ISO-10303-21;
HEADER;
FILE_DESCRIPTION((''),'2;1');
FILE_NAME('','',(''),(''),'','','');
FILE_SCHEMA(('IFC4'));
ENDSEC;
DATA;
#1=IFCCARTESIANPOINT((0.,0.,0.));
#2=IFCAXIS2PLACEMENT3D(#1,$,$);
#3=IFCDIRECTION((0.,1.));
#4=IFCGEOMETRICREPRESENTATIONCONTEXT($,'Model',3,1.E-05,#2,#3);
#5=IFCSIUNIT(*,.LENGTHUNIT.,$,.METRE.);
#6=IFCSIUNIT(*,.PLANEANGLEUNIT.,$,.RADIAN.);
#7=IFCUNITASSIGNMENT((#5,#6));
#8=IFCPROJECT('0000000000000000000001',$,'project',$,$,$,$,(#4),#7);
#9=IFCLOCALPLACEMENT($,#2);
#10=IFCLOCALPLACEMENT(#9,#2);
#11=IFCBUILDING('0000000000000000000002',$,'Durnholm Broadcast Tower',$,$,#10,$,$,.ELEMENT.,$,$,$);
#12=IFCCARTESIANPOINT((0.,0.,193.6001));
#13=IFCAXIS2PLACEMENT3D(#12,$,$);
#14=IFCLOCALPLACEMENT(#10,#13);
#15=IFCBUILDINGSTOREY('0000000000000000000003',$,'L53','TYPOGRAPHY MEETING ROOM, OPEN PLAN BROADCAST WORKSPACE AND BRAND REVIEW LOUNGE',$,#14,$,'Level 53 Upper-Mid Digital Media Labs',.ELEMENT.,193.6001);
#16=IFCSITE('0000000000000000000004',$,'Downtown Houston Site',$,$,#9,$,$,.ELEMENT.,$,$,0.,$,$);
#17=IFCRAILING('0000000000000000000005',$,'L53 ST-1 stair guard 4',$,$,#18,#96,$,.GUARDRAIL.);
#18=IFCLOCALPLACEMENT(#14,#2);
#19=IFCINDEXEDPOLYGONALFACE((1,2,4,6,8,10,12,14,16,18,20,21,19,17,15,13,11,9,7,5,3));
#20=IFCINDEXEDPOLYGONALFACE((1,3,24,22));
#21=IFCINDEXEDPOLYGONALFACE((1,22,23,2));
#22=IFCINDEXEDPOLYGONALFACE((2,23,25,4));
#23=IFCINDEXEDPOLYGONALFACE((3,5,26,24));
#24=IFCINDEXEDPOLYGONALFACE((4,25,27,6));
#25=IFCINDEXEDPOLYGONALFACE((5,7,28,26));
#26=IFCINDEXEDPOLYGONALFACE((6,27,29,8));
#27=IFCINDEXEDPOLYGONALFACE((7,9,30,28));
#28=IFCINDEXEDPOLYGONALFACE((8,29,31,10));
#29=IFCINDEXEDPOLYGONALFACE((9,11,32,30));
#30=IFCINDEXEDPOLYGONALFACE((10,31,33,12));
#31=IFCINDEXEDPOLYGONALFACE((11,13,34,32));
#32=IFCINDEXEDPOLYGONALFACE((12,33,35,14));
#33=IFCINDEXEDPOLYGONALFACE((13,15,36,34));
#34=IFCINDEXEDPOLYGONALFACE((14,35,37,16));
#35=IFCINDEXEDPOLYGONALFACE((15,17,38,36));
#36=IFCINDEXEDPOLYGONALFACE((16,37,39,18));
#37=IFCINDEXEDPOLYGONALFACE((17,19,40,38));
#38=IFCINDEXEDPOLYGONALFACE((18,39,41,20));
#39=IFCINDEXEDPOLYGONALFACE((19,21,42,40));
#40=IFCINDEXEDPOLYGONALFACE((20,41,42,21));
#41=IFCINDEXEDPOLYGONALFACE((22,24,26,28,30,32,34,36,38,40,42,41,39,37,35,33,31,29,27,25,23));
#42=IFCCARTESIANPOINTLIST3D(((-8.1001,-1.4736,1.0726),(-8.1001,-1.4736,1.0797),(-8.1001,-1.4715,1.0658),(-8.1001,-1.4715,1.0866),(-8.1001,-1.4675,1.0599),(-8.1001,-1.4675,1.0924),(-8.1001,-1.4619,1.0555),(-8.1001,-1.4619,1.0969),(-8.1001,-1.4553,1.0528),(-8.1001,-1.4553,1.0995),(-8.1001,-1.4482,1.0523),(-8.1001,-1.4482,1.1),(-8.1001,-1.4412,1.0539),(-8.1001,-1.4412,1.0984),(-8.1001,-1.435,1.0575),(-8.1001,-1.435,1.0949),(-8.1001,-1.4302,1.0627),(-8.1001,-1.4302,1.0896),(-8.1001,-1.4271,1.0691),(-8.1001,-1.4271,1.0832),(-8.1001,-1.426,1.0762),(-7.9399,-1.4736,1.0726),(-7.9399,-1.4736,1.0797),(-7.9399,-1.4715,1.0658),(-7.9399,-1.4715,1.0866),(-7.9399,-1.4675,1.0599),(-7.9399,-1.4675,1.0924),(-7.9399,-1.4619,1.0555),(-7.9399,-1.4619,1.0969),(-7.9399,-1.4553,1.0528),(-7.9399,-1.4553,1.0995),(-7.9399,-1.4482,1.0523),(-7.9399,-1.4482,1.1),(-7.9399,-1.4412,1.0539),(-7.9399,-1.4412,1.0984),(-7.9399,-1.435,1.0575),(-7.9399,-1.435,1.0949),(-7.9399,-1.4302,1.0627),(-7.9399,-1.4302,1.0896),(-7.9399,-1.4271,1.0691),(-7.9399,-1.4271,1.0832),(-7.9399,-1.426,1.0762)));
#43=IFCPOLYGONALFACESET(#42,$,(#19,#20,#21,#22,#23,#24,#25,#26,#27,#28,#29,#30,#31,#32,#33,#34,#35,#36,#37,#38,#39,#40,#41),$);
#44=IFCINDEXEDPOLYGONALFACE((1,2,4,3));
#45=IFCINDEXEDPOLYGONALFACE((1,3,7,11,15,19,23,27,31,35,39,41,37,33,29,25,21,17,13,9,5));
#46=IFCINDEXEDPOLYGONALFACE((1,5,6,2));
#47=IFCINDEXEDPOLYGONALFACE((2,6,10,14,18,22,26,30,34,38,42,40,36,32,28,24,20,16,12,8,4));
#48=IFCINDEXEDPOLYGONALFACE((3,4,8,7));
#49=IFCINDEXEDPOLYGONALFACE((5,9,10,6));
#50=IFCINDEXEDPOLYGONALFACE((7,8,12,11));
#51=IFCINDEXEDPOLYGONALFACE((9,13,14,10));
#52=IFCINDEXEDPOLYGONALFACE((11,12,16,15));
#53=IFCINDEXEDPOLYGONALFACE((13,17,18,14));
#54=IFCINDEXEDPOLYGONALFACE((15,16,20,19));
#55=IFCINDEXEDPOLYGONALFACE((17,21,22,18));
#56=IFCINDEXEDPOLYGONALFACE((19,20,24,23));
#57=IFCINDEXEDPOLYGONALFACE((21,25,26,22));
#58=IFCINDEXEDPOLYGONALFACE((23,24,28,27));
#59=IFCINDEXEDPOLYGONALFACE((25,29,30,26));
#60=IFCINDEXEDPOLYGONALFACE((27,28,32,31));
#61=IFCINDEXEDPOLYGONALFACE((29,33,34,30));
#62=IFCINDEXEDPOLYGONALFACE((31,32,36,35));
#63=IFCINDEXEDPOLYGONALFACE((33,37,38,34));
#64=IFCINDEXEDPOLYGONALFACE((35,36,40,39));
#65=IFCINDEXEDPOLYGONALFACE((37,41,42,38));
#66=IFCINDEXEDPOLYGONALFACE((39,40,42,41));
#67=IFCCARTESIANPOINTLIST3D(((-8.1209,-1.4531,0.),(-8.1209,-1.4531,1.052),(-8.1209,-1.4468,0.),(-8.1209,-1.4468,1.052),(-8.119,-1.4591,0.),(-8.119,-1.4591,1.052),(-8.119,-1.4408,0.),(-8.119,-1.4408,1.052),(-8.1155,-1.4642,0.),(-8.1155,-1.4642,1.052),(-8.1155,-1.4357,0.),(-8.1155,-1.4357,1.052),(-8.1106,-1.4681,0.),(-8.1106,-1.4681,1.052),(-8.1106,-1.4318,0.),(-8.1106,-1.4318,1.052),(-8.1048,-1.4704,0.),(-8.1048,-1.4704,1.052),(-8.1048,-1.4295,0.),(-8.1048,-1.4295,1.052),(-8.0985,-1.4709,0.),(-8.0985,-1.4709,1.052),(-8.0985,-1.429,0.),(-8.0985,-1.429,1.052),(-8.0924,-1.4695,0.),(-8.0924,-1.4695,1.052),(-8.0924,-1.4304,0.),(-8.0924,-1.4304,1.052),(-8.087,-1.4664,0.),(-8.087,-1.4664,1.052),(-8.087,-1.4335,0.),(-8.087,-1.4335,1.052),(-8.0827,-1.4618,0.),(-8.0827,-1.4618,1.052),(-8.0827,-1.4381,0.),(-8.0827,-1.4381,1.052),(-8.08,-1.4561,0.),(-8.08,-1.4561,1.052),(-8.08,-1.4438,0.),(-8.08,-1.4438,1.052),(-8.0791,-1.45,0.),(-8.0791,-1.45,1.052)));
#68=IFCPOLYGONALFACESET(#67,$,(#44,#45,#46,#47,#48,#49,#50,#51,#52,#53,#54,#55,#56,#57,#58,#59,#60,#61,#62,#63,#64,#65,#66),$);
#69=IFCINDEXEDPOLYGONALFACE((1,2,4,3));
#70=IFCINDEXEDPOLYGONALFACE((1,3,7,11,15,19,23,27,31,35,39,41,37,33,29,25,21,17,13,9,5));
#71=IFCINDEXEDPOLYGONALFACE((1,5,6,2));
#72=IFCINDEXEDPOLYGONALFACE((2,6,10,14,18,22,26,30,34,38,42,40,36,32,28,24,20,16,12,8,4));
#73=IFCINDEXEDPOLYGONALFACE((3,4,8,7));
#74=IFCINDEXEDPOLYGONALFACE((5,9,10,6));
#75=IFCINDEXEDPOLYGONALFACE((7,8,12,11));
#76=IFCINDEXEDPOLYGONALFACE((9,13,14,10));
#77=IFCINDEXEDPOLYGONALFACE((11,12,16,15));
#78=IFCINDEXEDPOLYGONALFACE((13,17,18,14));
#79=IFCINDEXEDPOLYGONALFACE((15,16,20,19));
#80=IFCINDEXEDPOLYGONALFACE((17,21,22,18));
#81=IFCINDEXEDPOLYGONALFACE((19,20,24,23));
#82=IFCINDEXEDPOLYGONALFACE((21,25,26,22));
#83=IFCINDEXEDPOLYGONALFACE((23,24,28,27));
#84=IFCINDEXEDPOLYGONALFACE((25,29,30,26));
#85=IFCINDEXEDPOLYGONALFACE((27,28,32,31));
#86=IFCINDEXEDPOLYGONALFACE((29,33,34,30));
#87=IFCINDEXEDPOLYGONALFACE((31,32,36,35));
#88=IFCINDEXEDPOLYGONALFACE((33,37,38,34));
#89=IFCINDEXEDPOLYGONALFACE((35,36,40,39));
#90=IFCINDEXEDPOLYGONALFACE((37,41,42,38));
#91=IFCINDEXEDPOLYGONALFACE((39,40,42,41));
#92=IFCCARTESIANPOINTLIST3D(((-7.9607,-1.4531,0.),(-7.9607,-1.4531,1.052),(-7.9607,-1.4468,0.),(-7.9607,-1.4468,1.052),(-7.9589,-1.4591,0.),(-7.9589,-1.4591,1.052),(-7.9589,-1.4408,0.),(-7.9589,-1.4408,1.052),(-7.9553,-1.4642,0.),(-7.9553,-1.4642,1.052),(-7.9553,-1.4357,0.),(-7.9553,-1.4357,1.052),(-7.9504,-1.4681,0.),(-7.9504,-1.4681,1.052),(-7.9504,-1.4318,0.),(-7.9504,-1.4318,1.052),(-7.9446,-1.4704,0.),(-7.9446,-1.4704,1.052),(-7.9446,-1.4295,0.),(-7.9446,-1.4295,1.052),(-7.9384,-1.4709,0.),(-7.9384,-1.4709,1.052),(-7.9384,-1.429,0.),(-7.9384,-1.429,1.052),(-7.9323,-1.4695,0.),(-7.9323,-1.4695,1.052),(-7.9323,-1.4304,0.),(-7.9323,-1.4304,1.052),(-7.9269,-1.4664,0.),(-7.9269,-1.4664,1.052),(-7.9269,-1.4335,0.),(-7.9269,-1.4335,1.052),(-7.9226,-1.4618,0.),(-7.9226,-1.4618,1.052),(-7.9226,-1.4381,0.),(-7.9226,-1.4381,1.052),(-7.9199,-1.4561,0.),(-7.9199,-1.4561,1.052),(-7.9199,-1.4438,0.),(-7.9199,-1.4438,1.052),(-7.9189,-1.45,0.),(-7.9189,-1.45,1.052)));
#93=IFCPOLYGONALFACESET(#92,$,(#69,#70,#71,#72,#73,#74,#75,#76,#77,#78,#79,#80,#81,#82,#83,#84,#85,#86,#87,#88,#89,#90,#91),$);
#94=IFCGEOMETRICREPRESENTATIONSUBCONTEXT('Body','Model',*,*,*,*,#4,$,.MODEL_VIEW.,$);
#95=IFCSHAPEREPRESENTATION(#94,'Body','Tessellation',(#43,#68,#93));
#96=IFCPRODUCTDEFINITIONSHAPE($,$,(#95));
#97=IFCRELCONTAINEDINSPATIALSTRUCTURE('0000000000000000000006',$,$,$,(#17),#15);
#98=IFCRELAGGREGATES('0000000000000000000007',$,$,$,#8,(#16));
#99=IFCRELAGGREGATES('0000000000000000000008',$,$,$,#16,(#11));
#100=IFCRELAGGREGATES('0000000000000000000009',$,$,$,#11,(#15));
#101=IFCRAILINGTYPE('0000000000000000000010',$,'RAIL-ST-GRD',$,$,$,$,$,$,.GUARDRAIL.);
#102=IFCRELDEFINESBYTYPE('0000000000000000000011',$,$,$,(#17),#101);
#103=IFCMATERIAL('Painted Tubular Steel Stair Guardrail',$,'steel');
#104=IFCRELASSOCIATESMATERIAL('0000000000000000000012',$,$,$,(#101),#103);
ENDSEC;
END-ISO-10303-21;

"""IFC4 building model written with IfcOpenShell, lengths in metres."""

from ifc_helpers import new_model, si_unit, direction, frame, origin, origin_2d, place, context, subcontext, project, spatial, circle, extrude, material, type_object, element, save


model = new_model("IFC4")

# Units and contexts
model_context = context("Model", 3, precision=1e-05, world=origin(), true_north=direction((0.0, 1.0)))
body_context = subcontext(model_context, "Body", "Model", "MODEL_VIEW")
ifc_project = project(units=[si_unit("LENGTHUNIT", "METRE"), si_unit("PLANEANGLEUNIT", "RADIAN")], contexts=[model_context])

# Site, building, storey
site_placement = place(None, origin())
site = spatial("IfcSite", under=ifc_project, at=site_placement, Name="Downtown Houston Site", CompositionType="ELEMENT", RefElevation=0.0)
building_placement = place(site_placement, origin())
building = spatial("IfcBuilding", under=site, at=building_placement, Name="Durnholm Broadcast Tower", CompositionType="ELEMENT")
storey_placement = place(building_placement, frame((0.0, 0.0, 193.6001)))
storey = spatial("IfcBuildingStorey", under=building, at=storey_placement, Name="L53", Description="TYPOGRAPHY MEETING ROOM, OPEN PLAN BROADCAST WORKSPACE AND BRAND REVIEW LOUNGE", LongName="Level 53 Upper-Mid Digital Media Labs", CompositionType="ELEMENT", Elevation=193.6001)

# Railing
ifc_material_1 = material(Name="Painted Tubular Steel Stair Guardrail", Category="steel")
railing_type_1 = type_object("IfcRailingType", Name="RAIL-ST-GRD", PredefinedType="GUARDRAIL", material=ifc_material_1)
railing_1_placement = place(storey_placement, frame((-8.1001, -1.45, 0.0)))
element("IfcRailing", 1, at=railing_1_placement, inside=storey, type_object=railing_type_1, Name="L53 ST-1 stair guard 4", PredefinedType="GUARDRAIL", context=body_context, shape_type="SweptSolid", body=[
    extrude(circle(Radius=0.0239, at=origin_2d()), frame((0.0, 0.0, 1.0762), z_axis=(1.0, 0.0, 0.0), x_axis=(0.0, 1.0, 0.0)), (0.0, 0.0, 1.0), 0.1602),
    extrude(circle(Radius=0.021, at=origin_2d()), origin(), (0.0, 0.0, 1.0), 1.052),
    extrude(circle(Radius=0.021, at=origin_2d()), frame((0.1602, 0.0, 0.0)), (0.0, 0.0, 1.0), 1.052),
])

save(model, "model.ifc")
